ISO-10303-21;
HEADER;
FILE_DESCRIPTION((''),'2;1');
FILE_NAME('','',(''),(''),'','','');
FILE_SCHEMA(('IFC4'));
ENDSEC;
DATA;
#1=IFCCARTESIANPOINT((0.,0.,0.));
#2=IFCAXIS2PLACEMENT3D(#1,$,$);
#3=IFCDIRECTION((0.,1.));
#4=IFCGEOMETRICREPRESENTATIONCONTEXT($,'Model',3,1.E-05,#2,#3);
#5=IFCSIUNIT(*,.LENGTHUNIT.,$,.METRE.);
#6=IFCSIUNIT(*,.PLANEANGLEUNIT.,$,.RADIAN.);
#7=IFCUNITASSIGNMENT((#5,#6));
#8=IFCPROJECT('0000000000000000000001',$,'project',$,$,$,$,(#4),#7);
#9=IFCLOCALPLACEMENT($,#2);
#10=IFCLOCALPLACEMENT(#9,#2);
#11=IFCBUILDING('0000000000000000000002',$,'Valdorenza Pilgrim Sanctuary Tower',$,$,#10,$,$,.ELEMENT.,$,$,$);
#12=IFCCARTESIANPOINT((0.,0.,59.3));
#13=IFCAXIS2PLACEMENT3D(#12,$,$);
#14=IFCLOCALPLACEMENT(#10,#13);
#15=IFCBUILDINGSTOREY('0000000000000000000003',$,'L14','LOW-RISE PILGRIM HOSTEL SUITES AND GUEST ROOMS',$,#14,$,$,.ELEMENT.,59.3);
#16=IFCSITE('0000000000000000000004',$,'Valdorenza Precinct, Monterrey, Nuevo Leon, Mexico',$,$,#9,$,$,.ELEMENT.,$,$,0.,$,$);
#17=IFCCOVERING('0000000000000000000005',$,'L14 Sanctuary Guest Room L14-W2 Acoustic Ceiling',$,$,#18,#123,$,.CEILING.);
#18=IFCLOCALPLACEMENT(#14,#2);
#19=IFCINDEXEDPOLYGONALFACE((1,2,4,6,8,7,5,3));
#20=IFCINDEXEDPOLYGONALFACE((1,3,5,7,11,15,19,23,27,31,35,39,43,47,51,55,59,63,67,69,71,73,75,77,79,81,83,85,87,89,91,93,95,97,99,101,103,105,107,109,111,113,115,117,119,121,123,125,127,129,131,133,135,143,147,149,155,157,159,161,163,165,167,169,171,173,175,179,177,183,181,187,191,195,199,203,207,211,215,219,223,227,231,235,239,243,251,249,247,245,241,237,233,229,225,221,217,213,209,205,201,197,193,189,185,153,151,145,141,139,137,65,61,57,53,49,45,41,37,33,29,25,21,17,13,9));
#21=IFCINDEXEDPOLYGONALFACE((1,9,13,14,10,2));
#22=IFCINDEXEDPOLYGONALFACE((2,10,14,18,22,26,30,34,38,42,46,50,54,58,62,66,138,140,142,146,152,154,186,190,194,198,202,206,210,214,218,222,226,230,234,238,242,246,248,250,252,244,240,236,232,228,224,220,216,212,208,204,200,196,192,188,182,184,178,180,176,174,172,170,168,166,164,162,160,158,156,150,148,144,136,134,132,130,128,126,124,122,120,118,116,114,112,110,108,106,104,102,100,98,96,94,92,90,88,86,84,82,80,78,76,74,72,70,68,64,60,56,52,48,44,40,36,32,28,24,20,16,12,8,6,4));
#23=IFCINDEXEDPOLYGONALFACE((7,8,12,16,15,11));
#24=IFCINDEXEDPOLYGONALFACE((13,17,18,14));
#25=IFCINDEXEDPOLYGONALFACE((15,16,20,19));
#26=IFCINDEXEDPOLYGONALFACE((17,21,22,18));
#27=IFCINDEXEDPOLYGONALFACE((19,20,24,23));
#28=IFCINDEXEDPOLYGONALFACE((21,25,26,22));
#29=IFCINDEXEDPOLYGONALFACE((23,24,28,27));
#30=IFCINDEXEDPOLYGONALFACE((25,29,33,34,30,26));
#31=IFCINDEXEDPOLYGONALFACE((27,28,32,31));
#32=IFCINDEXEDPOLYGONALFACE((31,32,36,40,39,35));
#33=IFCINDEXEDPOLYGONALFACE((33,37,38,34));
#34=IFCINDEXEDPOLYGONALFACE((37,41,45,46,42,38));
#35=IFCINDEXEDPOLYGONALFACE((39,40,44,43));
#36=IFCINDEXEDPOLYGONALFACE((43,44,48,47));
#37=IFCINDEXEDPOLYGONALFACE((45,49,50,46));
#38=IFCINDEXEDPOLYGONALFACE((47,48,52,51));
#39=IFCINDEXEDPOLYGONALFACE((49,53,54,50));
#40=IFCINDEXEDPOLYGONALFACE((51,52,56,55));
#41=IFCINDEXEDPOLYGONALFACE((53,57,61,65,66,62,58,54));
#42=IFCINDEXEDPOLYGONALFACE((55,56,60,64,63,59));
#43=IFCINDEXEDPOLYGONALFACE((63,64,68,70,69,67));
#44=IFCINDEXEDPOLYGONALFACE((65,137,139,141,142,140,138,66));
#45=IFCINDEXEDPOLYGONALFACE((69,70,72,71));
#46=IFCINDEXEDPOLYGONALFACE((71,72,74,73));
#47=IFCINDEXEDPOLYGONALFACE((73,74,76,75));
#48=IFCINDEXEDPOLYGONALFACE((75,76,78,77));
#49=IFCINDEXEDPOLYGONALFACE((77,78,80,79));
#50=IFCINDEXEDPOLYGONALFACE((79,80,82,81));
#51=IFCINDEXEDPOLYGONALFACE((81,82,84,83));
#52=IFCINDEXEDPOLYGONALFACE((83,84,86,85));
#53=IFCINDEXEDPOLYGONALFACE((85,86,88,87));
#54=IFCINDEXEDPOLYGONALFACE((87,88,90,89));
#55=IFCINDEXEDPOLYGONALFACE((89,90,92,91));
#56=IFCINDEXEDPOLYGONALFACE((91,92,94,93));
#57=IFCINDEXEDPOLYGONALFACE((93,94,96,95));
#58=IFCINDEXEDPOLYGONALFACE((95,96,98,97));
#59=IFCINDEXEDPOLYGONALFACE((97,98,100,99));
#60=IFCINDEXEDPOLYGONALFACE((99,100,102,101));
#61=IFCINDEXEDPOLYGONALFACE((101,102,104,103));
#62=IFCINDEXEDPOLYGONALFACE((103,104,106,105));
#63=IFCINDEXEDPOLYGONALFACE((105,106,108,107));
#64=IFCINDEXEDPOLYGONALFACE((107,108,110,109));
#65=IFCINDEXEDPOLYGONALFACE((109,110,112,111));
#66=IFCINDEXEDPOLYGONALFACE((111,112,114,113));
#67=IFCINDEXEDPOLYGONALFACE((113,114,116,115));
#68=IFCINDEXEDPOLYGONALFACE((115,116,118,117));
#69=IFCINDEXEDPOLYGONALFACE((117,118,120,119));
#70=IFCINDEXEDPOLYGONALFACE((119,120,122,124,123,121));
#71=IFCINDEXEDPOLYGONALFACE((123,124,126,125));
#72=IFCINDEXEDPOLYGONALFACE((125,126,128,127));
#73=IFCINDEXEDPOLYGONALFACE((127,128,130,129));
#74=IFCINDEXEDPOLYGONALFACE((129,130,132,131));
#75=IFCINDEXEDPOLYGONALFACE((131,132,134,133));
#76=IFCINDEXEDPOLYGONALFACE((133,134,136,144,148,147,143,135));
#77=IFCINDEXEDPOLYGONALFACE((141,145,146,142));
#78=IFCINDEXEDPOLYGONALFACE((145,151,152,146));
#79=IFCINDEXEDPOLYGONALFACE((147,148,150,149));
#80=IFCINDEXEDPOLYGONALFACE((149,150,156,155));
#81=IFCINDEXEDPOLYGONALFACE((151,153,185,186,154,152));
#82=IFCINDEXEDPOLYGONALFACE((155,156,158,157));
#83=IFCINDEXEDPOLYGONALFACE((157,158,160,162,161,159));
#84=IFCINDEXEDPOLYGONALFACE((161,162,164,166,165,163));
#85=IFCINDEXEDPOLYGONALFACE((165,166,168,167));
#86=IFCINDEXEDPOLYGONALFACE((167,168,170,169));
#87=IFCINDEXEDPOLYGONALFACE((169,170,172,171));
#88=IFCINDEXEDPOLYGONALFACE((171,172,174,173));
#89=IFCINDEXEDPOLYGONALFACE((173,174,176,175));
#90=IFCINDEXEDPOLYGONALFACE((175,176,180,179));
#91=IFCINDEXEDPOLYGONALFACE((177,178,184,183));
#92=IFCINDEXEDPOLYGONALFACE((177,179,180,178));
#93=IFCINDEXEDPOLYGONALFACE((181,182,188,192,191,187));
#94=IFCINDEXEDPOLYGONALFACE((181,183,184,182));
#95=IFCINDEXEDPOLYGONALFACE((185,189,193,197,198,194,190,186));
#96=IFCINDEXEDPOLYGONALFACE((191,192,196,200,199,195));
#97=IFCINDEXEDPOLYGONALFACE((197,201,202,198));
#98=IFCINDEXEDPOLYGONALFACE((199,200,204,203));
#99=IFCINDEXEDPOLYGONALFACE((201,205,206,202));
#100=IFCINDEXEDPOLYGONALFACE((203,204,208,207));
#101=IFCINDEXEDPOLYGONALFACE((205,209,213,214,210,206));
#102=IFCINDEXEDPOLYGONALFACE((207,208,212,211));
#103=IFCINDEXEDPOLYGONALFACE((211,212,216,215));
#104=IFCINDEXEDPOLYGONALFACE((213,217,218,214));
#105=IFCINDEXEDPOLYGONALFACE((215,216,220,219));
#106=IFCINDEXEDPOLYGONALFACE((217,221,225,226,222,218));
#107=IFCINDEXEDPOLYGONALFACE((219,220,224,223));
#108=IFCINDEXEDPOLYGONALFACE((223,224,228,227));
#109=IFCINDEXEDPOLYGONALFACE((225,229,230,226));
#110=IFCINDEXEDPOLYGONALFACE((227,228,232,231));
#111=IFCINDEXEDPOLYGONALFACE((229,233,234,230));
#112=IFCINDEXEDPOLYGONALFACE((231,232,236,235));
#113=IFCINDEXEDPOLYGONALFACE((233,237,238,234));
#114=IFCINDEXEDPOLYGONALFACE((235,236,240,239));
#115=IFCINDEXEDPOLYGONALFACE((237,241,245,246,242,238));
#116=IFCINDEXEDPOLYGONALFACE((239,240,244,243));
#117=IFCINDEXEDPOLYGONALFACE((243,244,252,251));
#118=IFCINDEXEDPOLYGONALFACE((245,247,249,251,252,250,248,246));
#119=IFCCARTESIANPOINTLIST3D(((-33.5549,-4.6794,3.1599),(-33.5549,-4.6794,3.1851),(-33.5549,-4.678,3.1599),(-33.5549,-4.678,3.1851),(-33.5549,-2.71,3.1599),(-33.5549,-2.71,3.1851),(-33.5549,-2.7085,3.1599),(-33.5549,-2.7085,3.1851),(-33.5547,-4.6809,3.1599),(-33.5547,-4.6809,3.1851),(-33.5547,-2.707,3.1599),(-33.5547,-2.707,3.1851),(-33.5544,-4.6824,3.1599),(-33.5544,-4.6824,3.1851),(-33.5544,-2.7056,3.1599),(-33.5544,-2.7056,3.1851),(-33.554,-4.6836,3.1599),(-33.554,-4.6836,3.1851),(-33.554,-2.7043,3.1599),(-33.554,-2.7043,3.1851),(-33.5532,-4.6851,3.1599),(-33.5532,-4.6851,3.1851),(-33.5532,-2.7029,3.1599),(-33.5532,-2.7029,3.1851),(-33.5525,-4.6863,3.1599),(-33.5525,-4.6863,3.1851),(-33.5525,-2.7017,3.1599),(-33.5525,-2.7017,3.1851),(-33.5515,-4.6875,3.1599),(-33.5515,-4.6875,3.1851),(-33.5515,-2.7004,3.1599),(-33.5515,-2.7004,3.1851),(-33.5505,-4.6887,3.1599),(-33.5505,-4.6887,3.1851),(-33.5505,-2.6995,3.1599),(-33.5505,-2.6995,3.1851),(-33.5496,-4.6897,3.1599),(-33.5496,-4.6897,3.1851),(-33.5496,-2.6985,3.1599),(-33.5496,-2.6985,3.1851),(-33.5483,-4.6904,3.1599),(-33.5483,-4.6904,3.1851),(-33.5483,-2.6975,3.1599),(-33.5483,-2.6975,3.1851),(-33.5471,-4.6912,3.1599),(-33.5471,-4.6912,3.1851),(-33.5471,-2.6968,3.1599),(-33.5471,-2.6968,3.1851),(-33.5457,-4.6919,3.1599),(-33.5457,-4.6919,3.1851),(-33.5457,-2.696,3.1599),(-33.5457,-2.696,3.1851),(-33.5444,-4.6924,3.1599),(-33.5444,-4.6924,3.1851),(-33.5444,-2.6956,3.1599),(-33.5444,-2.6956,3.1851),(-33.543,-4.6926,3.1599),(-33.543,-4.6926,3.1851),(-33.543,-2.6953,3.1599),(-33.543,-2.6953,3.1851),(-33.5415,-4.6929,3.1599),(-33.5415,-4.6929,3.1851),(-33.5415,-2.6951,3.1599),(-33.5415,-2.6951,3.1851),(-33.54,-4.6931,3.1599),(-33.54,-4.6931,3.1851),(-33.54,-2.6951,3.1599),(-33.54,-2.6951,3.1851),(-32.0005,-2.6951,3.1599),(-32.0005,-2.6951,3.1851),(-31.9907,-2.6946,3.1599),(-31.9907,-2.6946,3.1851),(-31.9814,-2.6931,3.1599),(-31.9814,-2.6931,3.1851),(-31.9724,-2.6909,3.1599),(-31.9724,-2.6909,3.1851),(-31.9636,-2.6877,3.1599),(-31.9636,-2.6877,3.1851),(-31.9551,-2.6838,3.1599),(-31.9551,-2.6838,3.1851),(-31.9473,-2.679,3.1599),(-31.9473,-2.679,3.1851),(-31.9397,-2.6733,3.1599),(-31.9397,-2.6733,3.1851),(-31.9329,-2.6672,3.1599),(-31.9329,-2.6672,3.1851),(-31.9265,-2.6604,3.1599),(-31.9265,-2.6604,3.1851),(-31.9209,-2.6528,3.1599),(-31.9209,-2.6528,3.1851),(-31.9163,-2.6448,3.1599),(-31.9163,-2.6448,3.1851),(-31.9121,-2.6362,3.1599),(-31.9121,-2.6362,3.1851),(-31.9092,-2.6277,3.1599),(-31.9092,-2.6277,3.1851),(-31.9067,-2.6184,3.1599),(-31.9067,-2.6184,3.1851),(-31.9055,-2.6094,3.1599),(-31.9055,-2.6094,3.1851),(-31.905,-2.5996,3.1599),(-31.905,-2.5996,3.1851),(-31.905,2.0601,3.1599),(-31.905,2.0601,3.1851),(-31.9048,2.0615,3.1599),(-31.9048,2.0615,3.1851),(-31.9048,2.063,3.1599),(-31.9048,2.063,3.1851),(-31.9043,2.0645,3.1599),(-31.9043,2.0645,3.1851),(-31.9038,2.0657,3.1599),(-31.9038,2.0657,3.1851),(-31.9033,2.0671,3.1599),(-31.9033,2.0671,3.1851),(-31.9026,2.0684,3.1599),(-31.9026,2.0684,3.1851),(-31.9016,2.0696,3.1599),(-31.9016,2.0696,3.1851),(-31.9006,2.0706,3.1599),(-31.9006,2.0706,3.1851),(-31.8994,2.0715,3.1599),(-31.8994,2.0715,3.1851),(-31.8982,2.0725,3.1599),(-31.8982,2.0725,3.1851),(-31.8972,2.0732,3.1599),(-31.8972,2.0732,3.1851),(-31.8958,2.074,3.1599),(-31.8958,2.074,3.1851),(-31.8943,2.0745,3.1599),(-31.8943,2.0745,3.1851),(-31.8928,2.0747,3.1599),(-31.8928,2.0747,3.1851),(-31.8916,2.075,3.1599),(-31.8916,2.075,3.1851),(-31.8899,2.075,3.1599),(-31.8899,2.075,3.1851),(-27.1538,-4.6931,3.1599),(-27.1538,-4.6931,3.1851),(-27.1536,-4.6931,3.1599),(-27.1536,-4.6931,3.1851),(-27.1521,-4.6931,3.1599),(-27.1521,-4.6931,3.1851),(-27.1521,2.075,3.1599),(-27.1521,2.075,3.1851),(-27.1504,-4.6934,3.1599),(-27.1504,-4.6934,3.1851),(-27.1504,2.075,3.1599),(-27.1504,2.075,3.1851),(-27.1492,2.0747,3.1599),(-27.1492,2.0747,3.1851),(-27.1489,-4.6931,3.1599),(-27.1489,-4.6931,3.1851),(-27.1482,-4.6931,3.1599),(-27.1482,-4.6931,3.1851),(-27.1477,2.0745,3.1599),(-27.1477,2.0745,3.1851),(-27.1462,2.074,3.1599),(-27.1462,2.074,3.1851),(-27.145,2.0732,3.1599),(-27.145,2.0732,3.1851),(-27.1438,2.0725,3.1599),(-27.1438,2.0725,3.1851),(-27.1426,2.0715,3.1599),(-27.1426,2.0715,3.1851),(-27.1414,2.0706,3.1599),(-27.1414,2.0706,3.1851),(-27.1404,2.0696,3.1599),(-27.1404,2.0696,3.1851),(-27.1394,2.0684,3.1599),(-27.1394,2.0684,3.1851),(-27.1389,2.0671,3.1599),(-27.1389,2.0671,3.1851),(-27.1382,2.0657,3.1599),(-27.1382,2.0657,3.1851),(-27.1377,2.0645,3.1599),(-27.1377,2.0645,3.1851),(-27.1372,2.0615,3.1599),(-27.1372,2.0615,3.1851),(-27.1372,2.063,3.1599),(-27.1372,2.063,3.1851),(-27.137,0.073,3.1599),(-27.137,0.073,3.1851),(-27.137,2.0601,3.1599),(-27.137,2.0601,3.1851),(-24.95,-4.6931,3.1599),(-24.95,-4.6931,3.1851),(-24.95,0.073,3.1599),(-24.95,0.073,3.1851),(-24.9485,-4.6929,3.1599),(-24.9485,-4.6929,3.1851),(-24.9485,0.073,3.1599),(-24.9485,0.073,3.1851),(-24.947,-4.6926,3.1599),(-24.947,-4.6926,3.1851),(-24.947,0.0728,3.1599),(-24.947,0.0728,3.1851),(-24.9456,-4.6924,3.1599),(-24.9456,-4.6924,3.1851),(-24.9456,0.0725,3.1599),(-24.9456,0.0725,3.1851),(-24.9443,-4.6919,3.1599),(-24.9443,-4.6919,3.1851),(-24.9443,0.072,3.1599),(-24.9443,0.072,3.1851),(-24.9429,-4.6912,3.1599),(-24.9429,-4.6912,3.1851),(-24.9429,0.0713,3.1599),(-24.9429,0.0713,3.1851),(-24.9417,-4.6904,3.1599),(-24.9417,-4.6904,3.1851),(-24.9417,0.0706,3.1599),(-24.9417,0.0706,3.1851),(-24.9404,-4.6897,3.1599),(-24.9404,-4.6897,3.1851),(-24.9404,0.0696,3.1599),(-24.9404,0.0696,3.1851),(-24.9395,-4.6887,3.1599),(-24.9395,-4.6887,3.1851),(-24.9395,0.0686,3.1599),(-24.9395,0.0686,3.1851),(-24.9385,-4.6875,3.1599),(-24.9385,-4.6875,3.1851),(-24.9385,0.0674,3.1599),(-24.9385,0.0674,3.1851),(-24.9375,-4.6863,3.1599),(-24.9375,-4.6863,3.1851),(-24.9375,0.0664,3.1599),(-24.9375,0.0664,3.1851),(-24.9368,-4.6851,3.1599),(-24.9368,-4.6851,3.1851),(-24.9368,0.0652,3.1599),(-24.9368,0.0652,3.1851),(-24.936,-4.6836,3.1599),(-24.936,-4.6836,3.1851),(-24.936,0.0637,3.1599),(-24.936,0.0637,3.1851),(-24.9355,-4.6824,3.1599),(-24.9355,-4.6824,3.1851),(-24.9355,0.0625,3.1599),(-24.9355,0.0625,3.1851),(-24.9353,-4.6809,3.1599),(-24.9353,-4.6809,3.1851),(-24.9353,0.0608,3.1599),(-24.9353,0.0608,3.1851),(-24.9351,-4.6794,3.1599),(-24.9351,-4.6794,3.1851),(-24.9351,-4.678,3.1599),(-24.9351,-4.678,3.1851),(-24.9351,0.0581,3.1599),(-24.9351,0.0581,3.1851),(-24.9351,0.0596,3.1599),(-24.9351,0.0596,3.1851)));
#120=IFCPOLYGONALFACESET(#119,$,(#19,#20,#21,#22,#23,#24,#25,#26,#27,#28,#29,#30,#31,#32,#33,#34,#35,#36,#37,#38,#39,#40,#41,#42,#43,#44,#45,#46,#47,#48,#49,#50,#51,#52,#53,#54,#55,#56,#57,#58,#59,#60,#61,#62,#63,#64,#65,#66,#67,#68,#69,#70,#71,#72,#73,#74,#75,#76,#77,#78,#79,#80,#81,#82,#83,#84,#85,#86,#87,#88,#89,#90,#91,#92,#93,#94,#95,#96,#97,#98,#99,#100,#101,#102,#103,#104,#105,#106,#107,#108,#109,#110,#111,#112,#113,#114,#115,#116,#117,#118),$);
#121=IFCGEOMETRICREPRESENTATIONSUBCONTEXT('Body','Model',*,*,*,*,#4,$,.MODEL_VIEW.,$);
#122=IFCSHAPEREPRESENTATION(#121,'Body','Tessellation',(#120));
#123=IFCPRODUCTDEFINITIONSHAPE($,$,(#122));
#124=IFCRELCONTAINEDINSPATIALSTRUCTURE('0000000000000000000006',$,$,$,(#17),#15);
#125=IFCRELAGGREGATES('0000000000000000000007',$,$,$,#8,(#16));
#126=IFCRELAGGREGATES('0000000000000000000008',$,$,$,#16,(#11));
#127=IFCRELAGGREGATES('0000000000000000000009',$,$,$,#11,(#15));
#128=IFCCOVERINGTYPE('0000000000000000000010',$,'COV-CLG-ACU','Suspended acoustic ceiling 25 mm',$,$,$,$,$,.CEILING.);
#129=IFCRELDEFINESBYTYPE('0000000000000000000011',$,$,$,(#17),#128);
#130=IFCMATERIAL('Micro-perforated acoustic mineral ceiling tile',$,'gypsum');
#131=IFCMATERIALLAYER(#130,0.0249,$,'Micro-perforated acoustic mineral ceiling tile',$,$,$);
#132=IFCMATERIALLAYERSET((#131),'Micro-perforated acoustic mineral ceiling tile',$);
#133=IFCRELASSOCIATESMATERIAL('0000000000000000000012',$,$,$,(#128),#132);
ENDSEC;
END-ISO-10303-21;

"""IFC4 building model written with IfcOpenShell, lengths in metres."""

from ifc_helpers import new_model, si_unit, direction, frame, origin, place, context, subcontext, project, spatial, polyline, outline, extrude, material, layer, layer_set, type_object, element, save


model = new_model("IFC4")

# Units and contexts
model_context = context("Model", 3, precision=1e-05, world=origin(), true_north=direction((0.0, 1.0)))
body_context = subcontext(model_context, "Body", "Model", "MODEL_VIEW")
ifc_project = project(units=[si_unit("LENGTHUNIT", "METRE"), si_unit("PLANEANGLEUNIT", "RADIAN")], contexts=[model_context])

# Site, building, storey
site_placement = place(None, origin())
site = spatial("IfcSite", under=ifc_project, at=site_placement, Name="Valdorenza Precinct, Monterrey, Nuevo Leon, Mexico", CompositionType="ELEMENT", RefElevation=0.0)
building_placement = place(site_placement, origin())
building = spatial("IfcBuilding", under=site, at=building_placement, Name="Valdorenza Pilgrim Sanctuary Tower", CompositionType="ELEMENT")
storey_placement = place(building_placement, frame((0.0, 0.0, 59.3)))
storey = spatial("IfcBuildingStorey", under=building, at=storey_placement, Name="L14", Description="LOW-RISE PILGRIM HOSTEL SUITES AND GUEST ROOMS", CompositionType="ELEMENT", Elevation=59.3)

# Covering
ifc_material_1 = material(Name="Micro-perforated acoustic mineral ceiling tile", Category="gypsum")
ifc_layer_1 = layer(ifc_material_1, 0.0249, Name="Micro-perforated acoustic mineral ceiling tile")
ifc_layer_set_1 = layer_set([ifc_layer_1], Name="Micro-perforated acoustic mineral ceiling tile")
covering_type_1 = type_object("IfcCoveringType", Name="COV-CLG-ACU", Description="Suspended acoustic ceiling 25 mm", PredefinedType="CEILING", material=ifc_layer_set_1)
covering_1_placement = place(storey_placement, frame((0.0, 0.0, 3.1599)))
element("IfcCovering", 1, at=covering_1_placement, inside=storey, type_object=covering_type_1, Name="L14 Sanctuary Guest Room L14-W2 Acoustic Ceiling", PredefinedType="CEILING", context=body_context, shape_type="SweptSolid", body=[
    extrude(outline(polyline([(-33.5549, -2.71), (-33.5549, -2.7085), (-33.5547, -2.707), (-33.5544, -2.7056), (-33.554, -2.7043), (-33.5532, -2.7029), (-33.5525, -2.7017), (-33.5515, -2.7004), (-33.5505, -2.6995), (-33.5496, -2.6985), (-33.5483, -2.6975), (-33.5471, -2.6968), (-33.5457, -2.696), (-33.5444, -2.6956), (-33.543, -2.6953), (-33.5415, -2.6951), (-33.54, -2.6951), (-32.0005, -2.6951), (-31.9907, -2.6946), (-31.9814, -2.6931), (-31.9724, -2.6909), (-31.9636, -2.6877), (-31.9551, -2.6838), (-31.9473, -2.679), (-31.9397, -2.6733), (-31.9329, -2.6672), (-31.9265, -2.6604), (-31.9209, -2.6528), (-31.9163, -2.6448), (-31.9121, -2.6362), (-31.9092, -2.6277), (-31.9067, -2.6184), (-31.9055, -2.6094), (-31.905, -2.5996), (-31.905, 2.0601), (-31.9048, 2.0615), (-31.9048, 2.063), (-31.9043, 2.0645), (-31.9038, 2.0657), (-31.9033, 2.0671), (-31.9026, 2.0684), (-31.9016, 2.0696), (-31.9006, 2.0706), (-31.8994, 2.0715), (-31.8982, 2.0725), (-31.8972, 2.0732), (-31.8958, 2.074), (-31.8943, 2.0745), (-31.8928, 2.0747), (-31.8916, 2.075), (-31.8899, 2.075), (-27.1521, 2.075), (-27.1504, 2.075), (-27.1492, 2.0747), (-27.1477, 2.0745), (-27.1462, 2.074), (-27.145, 2.0732), (-27.1438, 2.0725), (-27.1426, 2.0715), (-27.1414, 2.0706), (-27.1404, 2.0696), (-27.1394, 2.0684), (-27.1389, 2.0671), (-27.1382, 2.0657), (-27.1377, 2.0645), (-27.1372, 2.063), (-27.1372, 2.0615), (-27.137, 2.0601), (-27.137, 0.073), (-24.95, 0.073), (-24.9485, 0.073), (-24.947, 0.0728), (-24.9456, 0.0725), (-24.9443, 0.072), (-24.9429, 0.0713), (-24.9417, 0.0706), (-24.9404, 0.0696), (-24.9395, 0.0686), (-24.9385, 0.0674), (-24.9375, 0.0664), (-24.9368, 0.0652), (-24.936, 0.0637), (-24.9355, 0.0625), (-24.9353, 0.0608), (-24.9351, 0.0596), (-24.9351, 0.0581), (-24.9351, -4.678), (-24.9351, -4.6794), (-24.9353, -4.6809), (-24.9355, -4.6824), (-24.936, -4.6836), (-24.9368, -4.6851), (-24.9375, -4.6863), (-24.9385, -4.6875), (-24.9395, -4.6887), (-24.9404, -4.6897), (-24.9417, -4.6904), (-24.9429, -4.6912), (-24.9443, -4.6919), (-24.9456, -4.6924), (-24.947, -4.6926), (-24.9485, -4.6929), (-24.95, -4.6931), (-27.1482, -4.6931), (-27.1489, -4.6931), (-27.1504, -4.6934), (-27.1521, -4.6931), (-27.1536, -4.6931), (-27.1538, -4.6931), (-33.54, -4.6931), (-33.5415, -4.6929), (-33.543, -4.6926), (-33.5444, -4.6924), (-33.5457, -4.6919), (-33.5471, -4.6912), (-33.5483, -4.6904), (-33.5496, -4.6897), (-33.5505, -4.6887), (-33.5515, -4.6875), (-33.5525, -4.6863), (-33.5532, -4.6851), (-33.554, -4.6836), (-33.5544, -4.6824), (-33.5547, -4.6809), (-33.5549, -4.6794), (-33.5549, -4.678), (-33.5549, -2.71)])), origin(), (0.0, 0.0, 1.0), 0.0251),
])

save(model, "model.ifc")
